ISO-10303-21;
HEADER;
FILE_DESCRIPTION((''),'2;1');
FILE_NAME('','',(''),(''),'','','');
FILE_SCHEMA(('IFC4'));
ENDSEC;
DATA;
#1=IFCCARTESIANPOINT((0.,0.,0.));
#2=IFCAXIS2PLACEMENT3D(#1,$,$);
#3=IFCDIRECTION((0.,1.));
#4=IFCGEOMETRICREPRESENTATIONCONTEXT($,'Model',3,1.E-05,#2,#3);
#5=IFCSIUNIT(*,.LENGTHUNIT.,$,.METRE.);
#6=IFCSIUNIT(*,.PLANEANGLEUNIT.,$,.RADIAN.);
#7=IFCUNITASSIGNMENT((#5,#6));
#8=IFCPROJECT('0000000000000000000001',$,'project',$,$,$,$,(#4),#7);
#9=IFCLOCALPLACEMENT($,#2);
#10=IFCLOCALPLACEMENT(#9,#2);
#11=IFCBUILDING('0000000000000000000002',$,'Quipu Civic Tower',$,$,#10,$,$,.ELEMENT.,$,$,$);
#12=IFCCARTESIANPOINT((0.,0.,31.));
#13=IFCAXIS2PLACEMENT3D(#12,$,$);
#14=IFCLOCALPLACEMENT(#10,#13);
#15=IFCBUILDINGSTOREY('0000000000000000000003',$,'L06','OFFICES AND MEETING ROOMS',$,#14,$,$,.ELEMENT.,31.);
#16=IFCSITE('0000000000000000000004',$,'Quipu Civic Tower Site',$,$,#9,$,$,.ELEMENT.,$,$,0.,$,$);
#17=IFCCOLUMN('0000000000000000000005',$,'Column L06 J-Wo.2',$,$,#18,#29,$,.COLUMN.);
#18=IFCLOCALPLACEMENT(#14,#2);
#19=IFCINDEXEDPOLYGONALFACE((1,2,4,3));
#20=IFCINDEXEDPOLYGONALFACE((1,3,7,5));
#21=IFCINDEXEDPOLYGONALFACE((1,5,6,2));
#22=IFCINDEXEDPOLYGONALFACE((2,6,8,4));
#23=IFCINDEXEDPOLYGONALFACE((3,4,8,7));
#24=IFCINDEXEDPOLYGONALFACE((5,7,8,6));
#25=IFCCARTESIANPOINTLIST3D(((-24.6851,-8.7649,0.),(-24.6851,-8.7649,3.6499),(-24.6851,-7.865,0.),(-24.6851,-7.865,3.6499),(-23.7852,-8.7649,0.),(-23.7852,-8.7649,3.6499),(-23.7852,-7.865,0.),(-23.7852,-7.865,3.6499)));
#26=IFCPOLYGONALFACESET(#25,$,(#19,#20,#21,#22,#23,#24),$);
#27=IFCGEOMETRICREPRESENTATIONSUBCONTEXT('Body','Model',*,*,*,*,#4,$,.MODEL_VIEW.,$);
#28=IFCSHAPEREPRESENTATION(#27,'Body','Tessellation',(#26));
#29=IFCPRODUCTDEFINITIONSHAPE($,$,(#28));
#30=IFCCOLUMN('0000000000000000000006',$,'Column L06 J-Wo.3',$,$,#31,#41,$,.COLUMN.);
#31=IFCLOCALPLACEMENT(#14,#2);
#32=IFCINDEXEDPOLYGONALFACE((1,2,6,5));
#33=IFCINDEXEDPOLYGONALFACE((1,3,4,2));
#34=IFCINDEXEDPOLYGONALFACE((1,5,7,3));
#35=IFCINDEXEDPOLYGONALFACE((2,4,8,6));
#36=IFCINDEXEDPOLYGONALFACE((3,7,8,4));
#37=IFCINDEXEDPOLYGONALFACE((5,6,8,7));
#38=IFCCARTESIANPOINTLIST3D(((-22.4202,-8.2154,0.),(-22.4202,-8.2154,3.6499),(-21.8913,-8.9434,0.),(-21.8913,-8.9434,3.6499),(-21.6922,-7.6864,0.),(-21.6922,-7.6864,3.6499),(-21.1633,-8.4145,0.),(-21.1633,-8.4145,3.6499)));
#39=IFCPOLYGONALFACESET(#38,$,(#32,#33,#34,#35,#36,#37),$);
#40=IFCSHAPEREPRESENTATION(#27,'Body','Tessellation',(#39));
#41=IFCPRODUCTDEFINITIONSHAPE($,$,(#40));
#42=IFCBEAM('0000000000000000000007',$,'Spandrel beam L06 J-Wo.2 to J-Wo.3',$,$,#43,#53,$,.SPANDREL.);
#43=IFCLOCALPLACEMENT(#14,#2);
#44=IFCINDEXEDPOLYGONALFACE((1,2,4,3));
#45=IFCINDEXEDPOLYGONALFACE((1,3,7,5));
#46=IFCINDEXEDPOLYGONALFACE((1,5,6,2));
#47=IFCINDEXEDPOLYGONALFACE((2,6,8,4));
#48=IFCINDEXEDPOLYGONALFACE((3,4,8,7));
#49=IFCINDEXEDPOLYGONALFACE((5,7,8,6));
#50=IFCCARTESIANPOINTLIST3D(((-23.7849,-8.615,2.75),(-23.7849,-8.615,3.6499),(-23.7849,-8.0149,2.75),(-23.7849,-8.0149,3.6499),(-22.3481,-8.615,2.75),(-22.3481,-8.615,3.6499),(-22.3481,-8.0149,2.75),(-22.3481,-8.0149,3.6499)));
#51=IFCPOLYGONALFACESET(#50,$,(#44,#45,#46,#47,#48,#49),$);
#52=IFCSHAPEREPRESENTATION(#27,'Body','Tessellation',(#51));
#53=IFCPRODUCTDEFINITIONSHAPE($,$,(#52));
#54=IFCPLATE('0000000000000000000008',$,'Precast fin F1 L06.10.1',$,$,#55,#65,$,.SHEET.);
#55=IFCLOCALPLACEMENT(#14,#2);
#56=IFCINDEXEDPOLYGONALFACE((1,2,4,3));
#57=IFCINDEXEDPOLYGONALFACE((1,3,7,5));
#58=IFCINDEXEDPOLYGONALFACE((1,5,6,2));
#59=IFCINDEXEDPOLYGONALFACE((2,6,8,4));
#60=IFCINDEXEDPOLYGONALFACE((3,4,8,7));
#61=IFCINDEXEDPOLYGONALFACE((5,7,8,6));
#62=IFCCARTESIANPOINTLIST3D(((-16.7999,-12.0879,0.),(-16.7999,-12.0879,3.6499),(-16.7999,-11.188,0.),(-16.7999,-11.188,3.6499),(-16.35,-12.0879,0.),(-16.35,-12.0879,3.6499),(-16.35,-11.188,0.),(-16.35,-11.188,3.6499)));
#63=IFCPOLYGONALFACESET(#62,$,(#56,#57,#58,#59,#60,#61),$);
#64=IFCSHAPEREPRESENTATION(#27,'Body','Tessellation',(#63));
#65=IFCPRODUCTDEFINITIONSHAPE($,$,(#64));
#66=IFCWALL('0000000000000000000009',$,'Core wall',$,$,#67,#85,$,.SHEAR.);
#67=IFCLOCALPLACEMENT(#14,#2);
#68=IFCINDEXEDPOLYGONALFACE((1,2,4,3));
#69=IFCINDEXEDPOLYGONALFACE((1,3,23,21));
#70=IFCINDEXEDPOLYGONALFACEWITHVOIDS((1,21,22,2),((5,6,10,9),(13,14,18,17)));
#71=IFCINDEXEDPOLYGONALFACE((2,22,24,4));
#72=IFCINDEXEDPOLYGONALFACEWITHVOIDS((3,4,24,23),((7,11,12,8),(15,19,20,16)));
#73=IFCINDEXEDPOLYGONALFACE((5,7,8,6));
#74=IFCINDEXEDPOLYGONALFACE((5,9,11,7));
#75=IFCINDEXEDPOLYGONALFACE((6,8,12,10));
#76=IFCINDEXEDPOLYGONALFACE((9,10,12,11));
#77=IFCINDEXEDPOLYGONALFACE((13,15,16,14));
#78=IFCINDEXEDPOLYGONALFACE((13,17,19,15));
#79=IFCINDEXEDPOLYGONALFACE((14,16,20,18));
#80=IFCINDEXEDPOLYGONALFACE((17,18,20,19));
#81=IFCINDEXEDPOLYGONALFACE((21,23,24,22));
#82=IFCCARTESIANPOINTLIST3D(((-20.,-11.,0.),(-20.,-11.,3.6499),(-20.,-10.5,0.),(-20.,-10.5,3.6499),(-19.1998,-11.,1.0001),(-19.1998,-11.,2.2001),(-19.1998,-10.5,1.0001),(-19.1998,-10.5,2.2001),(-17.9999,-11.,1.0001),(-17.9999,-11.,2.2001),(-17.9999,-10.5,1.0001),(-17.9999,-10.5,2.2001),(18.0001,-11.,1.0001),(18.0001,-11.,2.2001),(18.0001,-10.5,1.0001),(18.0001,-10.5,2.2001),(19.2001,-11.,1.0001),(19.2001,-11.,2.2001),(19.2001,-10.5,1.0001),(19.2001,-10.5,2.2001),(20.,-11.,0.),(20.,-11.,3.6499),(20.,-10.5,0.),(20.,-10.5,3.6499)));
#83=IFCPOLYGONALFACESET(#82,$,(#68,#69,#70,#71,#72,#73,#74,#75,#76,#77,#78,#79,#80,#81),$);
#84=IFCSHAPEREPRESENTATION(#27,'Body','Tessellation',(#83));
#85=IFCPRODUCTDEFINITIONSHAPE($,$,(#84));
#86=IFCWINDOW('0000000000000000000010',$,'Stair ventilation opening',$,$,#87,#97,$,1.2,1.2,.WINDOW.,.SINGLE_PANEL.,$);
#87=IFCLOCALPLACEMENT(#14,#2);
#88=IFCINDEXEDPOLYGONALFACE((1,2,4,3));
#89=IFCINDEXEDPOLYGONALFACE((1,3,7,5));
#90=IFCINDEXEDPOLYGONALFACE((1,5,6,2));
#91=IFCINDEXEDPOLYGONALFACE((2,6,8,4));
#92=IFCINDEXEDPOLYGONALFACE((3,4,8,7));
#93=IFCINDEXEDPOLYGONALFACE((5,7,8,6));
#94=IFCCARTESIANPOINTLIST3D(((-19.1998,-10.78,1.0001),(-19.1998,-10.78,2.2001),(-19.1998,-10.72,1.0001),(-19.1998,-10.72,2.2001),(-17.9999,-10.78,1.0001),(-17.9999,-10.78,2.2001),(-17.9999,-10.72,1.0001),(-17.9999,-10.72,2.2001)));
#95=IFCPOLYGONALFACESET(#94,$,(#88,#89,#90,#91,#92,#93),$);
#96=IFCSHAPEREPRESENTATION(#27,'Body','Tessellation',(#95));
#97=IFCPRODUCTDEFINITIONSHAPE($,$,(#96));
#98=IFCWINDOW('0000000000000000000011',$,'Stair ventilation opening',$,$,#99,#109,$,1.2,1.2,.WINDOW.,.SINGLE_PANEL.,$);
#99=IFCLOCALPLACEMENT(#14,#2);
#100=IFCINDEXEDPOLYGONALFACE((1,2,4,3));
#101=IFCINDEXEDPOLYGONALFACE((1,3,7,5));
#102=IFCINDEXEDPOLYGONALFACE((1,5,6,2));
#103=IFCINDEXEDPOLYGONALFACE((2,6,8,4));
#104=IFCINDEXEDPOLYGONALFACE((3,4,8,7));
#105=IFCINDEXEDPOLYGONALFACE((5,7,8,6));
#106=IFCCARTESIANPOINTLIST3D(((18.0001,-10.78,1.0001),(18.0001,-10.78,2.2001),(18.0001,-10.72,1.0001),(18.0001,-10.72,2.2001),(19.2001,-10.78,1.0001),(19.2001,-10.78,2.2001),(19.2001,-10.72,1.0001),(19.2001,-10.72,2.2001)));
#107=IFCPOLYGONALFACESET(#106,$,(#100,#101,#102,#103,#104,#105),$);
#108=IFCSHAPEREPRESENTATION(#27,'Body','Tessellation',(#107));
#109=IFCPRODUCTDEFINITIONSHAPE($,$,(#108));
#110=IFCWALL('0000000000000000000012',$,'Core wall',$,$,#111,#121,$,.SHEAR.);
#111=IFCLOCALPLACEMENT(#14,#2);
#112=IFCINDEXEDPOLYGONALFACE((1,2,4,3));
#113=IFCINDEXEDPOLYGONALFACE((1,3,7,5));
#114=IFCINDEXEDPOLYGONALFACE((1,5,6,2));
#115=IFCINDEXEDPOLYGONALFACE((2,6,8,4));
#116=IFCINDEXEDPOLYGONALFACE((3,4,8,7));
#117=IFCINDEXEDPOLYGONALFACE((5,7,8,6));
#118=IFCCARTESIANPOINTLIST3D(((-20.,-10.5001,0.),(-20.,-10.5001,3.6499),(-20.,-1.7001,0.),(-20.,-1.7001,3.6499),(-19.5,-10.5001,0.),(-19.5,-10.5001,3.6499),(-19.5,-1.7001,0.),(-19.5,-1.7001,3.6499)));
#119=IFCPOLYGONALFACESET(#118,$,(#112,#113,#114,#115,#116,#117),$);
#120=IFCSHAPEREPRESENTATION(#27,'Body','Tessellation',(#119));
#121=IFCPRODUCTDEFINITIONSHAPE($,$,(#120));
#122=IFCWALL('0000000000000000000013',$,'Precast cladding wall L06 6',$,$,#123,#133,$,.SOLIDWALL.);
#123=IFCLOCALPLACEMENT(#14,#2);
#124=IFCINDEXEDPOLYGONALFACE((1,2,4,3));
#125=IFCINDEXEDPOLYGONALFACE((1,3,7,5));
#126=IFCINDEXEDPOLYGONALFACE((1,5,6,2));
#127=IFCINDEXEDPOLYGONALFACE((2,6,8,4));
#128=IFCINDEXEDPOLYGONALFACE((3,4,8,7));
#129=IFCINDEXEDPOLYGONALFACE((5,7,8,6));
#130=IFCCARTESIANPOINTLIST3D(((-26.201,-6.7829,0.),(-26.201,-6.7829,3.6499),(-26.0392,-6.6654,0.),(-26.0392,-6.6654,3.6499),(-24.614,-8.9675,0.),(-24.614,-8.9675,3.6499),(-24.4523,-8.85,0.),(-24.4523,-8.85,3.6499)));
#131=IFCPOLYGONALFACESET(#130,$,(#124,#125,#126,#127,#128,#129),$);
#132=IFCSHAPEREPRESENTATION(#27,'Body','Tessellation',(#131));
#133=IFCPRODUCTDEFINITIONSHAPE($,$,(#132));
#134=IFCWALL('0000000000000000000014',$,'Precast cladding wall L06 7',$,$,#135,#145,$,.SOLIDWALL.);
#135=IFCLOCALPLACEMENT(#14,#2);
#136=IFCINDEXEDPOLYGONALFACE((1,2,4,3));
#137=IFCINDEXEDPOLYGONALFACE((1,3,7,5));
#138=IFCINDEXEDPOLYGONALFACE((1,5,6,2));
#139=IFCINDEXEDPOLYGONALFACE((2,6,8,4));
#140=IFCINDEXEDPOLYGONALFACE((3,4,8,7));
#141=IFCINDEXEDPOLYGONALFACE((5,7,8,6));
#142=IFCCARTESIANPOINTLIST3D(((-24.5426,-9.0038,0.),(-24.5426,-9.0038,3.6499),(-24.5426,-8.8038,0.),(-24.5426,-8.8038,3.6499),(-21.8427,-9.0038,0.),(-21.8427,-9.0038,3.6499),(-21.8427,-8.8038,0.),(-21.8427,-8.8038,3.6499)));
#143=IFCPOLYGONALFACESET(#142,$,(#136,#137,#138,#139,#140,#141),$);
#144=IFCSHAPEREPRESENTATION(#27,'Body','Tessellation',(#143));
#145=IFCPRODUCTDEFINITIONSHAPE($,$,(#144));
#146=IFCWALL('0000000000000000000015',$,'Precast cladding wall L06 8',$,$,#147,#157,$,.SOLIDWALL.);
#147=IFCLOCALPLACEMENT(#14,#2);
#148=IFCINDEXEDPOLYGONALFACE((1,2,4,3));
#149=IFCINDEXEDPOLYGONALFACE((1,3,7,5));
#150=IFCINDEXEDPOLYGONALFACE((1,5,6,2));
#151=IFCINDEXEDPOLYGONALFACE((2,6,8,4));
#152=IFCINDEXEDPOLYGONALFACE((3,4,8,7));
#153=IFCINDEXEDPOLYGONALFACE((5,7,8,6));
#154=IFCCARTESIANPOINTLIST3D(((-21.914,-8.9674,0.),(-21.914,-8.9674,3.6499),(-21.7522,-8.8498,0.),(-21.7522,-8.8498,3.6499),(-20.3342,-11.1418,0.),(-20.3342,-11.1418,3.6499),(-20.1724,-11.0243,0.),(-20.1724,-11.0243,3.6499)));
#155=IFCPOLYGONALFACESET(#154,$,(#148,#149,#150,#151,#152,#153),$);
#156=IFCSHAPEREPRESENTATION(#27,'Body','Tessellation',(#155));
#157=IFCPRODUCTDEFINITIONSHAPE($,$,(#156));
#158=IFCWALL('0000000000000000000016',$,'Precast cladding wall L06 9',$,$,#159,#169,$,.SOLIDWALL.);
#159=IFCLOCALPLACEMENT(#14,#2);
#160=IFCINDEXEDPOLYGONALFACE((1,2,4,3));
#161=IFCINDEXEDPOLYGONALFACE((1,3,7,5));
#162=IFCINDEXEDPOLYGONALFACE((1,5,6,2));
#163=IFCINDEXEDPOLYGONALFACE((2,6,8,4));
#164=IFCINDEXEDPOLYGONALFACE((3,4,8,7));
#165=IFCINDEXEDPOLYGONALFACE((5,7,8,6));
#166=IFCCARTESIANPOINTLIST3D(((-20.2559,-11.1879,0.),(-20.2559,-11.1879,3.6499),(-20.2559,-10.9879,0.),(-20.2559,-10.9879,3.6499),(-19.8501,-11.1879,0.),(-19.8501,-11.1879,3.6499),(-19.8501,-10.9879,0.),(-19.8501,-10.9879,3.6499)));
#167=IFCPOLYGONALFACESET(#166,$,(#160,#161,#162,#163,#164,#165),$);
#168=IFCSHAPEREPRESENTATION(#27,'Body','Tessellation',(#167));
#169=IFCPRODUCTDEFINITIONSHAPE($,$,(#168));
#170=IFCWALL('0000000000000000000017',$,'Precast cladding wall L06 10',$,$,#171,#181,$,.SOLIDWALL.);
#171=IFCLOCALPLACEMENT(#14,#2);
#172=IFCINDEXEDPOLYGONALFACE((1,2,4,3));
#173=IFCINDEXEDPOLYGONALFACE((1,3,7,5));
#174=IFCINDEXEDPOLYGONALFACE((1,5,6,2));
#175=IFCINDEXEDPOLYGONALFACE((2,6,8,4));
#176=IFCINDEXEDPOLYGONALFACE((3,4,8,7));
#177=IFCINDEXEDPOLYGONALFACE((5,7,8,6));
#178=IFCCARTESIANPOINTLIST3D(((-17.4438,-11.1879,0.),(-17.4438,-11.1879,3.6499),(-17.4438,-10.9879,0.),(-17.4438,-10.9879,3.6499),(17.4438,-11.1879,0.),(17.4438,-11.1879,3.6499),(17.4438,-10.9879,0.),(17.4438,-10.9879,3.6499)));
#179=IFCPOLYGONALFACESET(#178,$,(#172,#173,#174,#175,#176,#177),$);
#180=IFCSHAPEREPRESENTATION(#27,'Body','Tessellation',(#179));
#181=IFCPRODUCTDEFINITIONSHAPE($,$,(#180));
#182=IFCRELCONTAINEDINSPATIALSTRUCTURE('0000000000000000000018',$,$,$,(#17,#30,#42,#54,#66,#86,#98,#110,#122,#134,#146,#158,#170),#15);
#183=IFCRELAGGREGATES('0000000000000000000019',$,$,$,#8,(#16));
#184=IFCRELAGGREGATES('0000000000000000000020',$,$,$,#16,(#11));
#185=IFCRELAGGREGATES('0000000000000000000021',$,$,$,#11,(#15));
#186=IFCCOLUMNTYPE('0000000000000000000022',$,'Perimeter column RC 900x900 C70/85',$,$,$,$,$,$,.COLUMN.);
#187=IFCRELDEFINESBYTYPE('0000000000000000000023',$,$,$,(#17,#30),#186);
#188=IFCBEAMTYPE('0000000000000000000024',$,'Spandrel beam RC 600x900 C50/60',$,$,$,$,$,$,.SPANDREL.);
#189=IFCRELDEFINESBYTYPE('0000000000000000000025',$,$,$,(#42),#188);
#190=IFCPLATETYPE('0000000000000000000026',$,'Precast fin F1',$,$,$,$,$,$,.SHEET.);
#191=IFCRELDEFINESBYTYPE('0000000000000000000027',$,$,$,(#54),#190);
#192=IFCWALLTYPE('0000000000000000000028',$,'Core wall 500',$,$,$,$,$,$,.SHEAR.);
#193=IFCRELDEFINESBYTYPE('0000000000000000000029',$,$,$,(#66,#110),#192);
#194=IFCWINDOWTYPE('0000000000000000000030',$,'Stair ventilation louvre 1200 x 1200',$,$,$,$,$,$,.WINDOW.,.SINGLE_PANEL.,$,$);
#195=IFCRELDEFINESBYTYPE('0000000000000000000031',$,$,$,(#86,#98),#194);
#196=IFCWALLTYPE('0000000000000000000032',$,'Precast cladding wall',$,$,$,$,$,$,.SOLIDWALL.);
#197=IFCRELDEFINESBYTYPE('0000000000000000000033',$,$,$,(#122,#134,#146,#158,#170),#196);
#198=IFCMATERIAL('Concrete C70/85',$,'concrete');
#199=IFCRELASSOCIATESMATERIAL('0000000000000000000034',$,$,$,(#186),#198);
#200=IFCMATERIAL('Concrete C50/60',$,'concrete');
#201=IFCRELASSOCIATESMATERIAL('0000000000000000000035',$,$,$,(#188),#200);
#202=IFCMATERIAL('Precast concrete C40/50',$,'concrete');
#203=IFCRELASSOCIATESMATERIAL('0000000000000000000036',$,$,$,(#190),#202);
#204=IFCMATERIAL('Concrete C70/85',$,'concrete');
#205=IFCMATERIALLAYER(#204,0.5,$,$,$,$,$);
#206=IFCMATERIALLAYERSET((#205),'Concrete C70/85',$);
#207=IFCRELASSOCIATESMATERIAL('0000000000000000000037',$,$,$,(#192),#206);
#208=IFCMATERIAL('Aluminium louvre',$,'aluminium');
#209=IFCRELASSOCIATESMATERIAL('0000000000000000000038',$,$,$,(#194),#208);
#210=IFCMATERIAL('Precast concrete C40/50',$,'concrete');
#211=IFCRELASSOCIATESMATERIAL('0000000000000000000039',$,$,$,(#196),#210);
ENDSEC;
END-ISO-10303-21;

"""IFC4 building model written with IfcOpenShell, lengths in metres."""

from ifc_helpers import new_model, si_unit, direction, frame, frame_2d, origin, origin_2d, place, context, subcontext, project, spatial, rectangle, extrude, material, layer, layer_set, material_profile, profile_set, type_object, element, fill, save


model = new_model("IFC4")

# Units and contexts
model_context = context("Model", 3, precision=1e-05, world=origin(), true_north=direction((0.0, 1.0)))
body_context = subcontext(model_context, "Body", "Model", "MODEL_VIEW")
ifc_project = project(units=[si_unit("LENGTHUNIT", "METRE"), si_unit("PLANEANGLEUNIT", "RADIAN")], contexts=[model_context])

# Site, building, storey
site_placement = place(None, origin())
site = spatial("IfcSite", under=ifc_project, at=site_placement, Name="Quipu Civic Tower Site", CompositionType="ELEMENT", RefElevation=0.0)
building_placement = place(site_placement, origin())
building = spatial("IfcBuilding", under=site, at=building_placement, Name="Quipu Civic Tower", CompositionType="ELEMENT")
storey_placement = place(building_placement, frame((0.0, 0.0, 31.0)))
storey = spatial("IfcBuildingStorey", under=building, at=storey_placement, Name="L06", Description="OFFICES AND MEETING ROOMS", CompositionType="ELEMENT", Elevation=31.0)

# Columns
ifc_material_1 = material(Name="Concrete C70/85", Category="concrete")
ifc_material_profile_1 = material_profile(ifc_material_1, rectangle(XDim=0.8999, YDim=0.8999, at=origin_2d()), Name="RC900x900")
ifc_profile_set_1 = profile_set([ifc_material_profile_1], Name="Concrete C70/85")
column_type = type_object("IfcColumnType", Name="Perimeter column RC 900x900 C70/85", PredefinedType="COLUMN", material=ifc_profile_set_1)
for number, where, z_axis, x_axis, name in (
    (1, (-24.2351, -8.3149, 0.0), (0.0, 0.0, 1.0), (1.0, 0.0, 0.0), "Column L06 J-Wo.2"),
    (2, (-21.7917, -8.3149, 0.0), (0.0, 0.0, 1.0), (0.587785, -0.809017, 0.0), "Column L06 J-Wo.3"),
):
    element("IfcColumn", number, at=place(storey_placement, frame(where, z_axis=z_axis, x_axis=x_axis)), inside=storey, type_object=column_type, Name=name, PredefinedType="COLUMN", context=body_context, shape_type="SweptSolid", body=[
        extrude(rectangle(XDim=0.8999, YDim=0.8999, at=origin_2d()), origin(), (0.0, 0.0, 1.0), 3.6499),
    ])

# Beam
ifc_material_2 = material(Name="Concrete C50/60", Category="concrete")
ifc_material_profile_2 = material_profile(ifc_material_2, rectangle(XDim=0.6001, YDim=0.8999, at=origin_2d()), Name="RC600x900")
ifc_profile_set_2 = profile_set([ifc_material_profile_2], Name="Concrete C50/60")
beam_type = type_object("IfcBeamType", Name="Spandrel beam RC 600x900 C50/60", PredefinedType="SPANDREL", material=ifc_profile_set_2)
beam_placement = place(storey_placement, frame((-23.7849, -8.3149, 3.2), z_axis=(1.0, 0.0, 0.0), x_axis=(0.0, 1.0, 0.0)))
element("IfcBeam", 3, at=beam_placement, inside=storey, type_object=beam_type, Name="Spandrel beam L06 J-Wo.2 to J-Wo.3", PredefinedType="SPANDREL", context=body_context, shape_type="SweptSolid", body=[
    extrude(rectangle(XDim=0.6001, YDim=0.8999, at=origin_2d()), origin(), (0.0, 0.0, 1.0), 1.4368),
])

# Plate
ifc_material_3 = material(Name="Precast concrete C40/50", Category="concrete")
plate_type = type_object("IfcPlateType", Name="Precast fin F1", PredefinedType="SHEET", material=ifc_material_3)
plate_placement = place(storey_placement, frame((-16.575, -11.6379, 0.0), z_axis=(0.0, 0.0, 1.0), x_axis=(1.0, 0.0, 0.0)))
element("IfcPlate", 4, at=plate_placement, inside=storey, type_object=plate_type, Name="Precast fin F1 L06.10.1", PredefinedType="SHEET", context=body_context, shape_type="SweptSolid", body=[
    extrude(rectangle(XDim=0.45, YDim=0.8999, at=origin_2d()), origin(), (0.0, 0.0, 1.0), 3.6499),
])

# Wall, openings, windows
ifc_material_4 = material(Name="Concrete C70/85", Category="concrete")
ifc_layer = layer(ifc_material_4, 0.5)
ifc_layer_set = layer_set([ifc_layer], Name="Concrete C70/85")
wall_type_1 = type_object("IfcWallType", Name="Core wall 500", PredefinedType="SHEAR", material=ifc_layer_set)
wall_1_placement = place(storey_placement, frame((-20.0, -10.75, 0.0), z_axis=(0.0, 0.0, 1.0), x_axis=(1.0, 0.0, 0.0)))
wall_1 = element("IfcWall", 5, at=wall_1_placement, inside=storey, type_object=wall_type_1, Name="Core wall", PredefinedType="SHEAR", context=body_context, shape_type="SweptSolid", body=[
    extrude(rectangle(XDim=40.0, YDim=0.5, at=frame_2d((20.0, 0.0))), origin(), (0.0, 0.0, 1.0), 3.6499),
])
opening_1_placement = place(wall_1_placement, frame((0.8, 0.0, 1.0)))
opening_1 = element("IfcOpeningElement", 6, at=opening_1_placement, cuts=wall_1, PredefinedType="OPENING", context=body_context, shape_type="SweptSolid", body=[
    extrude(rectangle(XDim=1.2, YDim=1.2, at=frame_2d((0.6001, 0.6001))), frame((0.0, 0.26, 0.0), z_axis=(0.0, -1.0, 0.0), x_axis=(1.0, 0.0, 0.0)), (0.0, 0.0, 1.0), 0.52),
])
opening_2_placement = place(wall_1_placement, frame((38.0, 0.0, 1.0)))
opening_2 = element("IfcOpeningElement", 7, at=opening_2_placement, cuts=wall_1, PredefinedType="OPENING", context=body_context, shape_type="SweptSolid", body=[
    extrude(rectangle(XDim=1.2, YDim=1.2, at=frame_2d((0.6001, 0.6001))), frame((0.0, 0.26, 0.0), z_axis=(0.0, -1.0, 0.0), x_axis=(1.0, 0.0, 0.0)), (0.0, 0.0, 1.0), 0.52),
])
ifc_material_5 = material(Name="Aluminium louvre", Category="aluminium")
window_type = type_object("IfcWindowType", Name="Stair ventilation louvre 1200 x 1200", PartitioningType="SINGLE_PANEL", PredefinedType="WINDOW", material=ifc_material_5)
window_1_placement = place(opening_1_placement, origin())
window_1 = element("IfcWindow", 8, at=window_1_placement, inside=storey, type_object=window_type, Name="Stair ventilation opening", OverallHeight=1.2, OverallWidth=1.2, PartitioningType="SINGLE_PANEL", PredefinedType="WINDOW", context=body_context, shape_type="SweptSolid", body=[
    extrude(rectangle(XDim=1.2, YDim=1.2, at=frame_2d((0.6001, 0.6001))), frame((0.0, 0.03, 0.0), z_axis=(0.0, -1.0, 0.0), x_axis=(1.0, 0.0, 0.0)), (0.0, 0.0, 1.0), 0.0601),
])
fill(opening_1, window_1)
window_2_placement = place(opening_2_placement, origin())
window_2 = element("IfcWindow", 9, at=window_2_placement, inside=storey, type_object=window_type, Name="Stair ventilation opening", OverallHeight=1.2, OverallWidth=1.2, PartitioningType="SINGLE_PANEL", PredefinedType="WINDOW", context=body_context, shape_type="SweptSolid", body=[
    extrude(rectangle(XDim=1.2, YDim=1.2, at=frame_2d((0.6001, 0.6001))), frame((0.0, 0.03, 0.0), z_axis=(0.0, -1.0, 0.0), x_axis=(1.0, 0.0, 0.0)), (0.0, 0.0, 1.0), 0.0601),
])
fill(opening_2, window_2)

# Walls
wall_2_placement = place(storey_placement, frame((-19.75, -10.5, 0.0), z_axis=(0.0, 0.0, 1.0), x_axis=(0.0, 1.0, 0.0)))
element("IfcWall", 10, at=wall_2_placement, inside=storey, type_object=wall_type_1, Name="Core wall", PredefinedType="SHEAR", context=body_context, shape_type="SweptSolid", body=[
    extrude(rectangle(XDim=8.8, YDim=0.5, at=frame_2d((4.3999, 0.0))), origin(), (0.0, 0.0, 1.0), 3.6499),
])
ifc_material_6 = material(Name="Precast concrete C40/50", Category="concrete")
wall_type_2 = type_object("IfcWallType", Name="Precast cladding wall", PredefinedType="SOLIDWALL", material=ifc_material_6)
wall_3_placement = place(storey_placement, frame((-26.1201, -6.7241, 0.0), z_axis=(0.0, 0.0, 1.0), x_axis=(0.58772, -0.809064, 0.0)))
element("IfcWall", 11, at=wall_3_placement, inside=storey, type_object=wall_type_2, Name="Precast cladding wall L06 6", PredefinedType="SOLIDWALL", context=body_context, shape_type="SweptSolid", body=[
    extrude(rectangle(XDim=2.7002, YDim=0.2, at=frame_2d((1.3501, 0.0))), origin(), (0.0, 0.0, 1.0), 3.6499),
])
wall_4_placement = place(storey_placement, frame((-24.5427, -8.9038, 0.0), z_axis=(0.0, 0.0, 1.0), x_axis=(1.0, 0.0, 0.0)))
element("IfcWall", 12, at=wall_4_placement, inside=storey, type_object=wall_type_2, Name="Precast cladding wall L06 7", PredefinedType="SOLIDWALL", context=body_context, shape_type="SweptSolid", body=[
    extrude(rectangle(XDim=2.7, YDim=0.2, at=frame_2d((1.3501, 0.0))), origin(), (0.0, 0.0, 1.0), 3.6499),
])
wall_5_placement = place(storey_placement, frame((-21.833, -8.9087, 0.0), z_axis=(0.0, 0.0, 1.0), x_axis=(0.587767, -0.809031, 0.0)))
element("IfcWall", 13, at=wall_5_placement, inside=storey, type_object=wall_type_2, Name="Precast cladding wall L06 8", PredefinedType="SOLIDWALL", context=body_context, shape_type="SweptSolid", body=[
    extrude(rectangle(XDim=2.6877, YDim=0.2, at=frame_2d((1.3438, 0.0))), origin(), (0.0, 0.0, 1.0), 3.6499),
])
wall_6_placement = place(storey_placement, frame((-20.2559, -11.0879, 0.0), z_axis=(0.0, 0.0, 1.0), x_axis=(1.0, 0.0, 0.0)))
element("IfcWall", 14, at=wall_6_placement, inside=storey, type_object=wall_type_2, Name="Precast cladding wall L06 9", PredefinedType="SOLIDWALL", context=body_context, shape_type="SweptSolid", body=[
    extrude(rectangle(XDim=0.4058, YDim=0.2, at=frame_2d((0.2029, 0.0))), origin(), (0.0, 0.0, 1.0), 3.6499),
])
wall_7_placement = place(storey_placement, frame((-17.4438, -11.0879, 0.0), z_axis=(0.0, 0.0, 1.0), x_axis=(1.0, 0.0, 0.0)))
element("IfcWall", 15, at=wall_7_placement, inside=storey, type_object=wall_type_2, Name="Precast cladding wall L06 10", PredefinedType="SOLIDWALL", context=body_context, shape_type="SweptSolid", body=[
    extrude(rectangle(XDim=34.8877, YDim=0.2, at=frame_2d((17.4438, 0.0))), origin(), (0.0, 0.0, 1.0), 3.6499),
])

save(model, "model.ifc")
